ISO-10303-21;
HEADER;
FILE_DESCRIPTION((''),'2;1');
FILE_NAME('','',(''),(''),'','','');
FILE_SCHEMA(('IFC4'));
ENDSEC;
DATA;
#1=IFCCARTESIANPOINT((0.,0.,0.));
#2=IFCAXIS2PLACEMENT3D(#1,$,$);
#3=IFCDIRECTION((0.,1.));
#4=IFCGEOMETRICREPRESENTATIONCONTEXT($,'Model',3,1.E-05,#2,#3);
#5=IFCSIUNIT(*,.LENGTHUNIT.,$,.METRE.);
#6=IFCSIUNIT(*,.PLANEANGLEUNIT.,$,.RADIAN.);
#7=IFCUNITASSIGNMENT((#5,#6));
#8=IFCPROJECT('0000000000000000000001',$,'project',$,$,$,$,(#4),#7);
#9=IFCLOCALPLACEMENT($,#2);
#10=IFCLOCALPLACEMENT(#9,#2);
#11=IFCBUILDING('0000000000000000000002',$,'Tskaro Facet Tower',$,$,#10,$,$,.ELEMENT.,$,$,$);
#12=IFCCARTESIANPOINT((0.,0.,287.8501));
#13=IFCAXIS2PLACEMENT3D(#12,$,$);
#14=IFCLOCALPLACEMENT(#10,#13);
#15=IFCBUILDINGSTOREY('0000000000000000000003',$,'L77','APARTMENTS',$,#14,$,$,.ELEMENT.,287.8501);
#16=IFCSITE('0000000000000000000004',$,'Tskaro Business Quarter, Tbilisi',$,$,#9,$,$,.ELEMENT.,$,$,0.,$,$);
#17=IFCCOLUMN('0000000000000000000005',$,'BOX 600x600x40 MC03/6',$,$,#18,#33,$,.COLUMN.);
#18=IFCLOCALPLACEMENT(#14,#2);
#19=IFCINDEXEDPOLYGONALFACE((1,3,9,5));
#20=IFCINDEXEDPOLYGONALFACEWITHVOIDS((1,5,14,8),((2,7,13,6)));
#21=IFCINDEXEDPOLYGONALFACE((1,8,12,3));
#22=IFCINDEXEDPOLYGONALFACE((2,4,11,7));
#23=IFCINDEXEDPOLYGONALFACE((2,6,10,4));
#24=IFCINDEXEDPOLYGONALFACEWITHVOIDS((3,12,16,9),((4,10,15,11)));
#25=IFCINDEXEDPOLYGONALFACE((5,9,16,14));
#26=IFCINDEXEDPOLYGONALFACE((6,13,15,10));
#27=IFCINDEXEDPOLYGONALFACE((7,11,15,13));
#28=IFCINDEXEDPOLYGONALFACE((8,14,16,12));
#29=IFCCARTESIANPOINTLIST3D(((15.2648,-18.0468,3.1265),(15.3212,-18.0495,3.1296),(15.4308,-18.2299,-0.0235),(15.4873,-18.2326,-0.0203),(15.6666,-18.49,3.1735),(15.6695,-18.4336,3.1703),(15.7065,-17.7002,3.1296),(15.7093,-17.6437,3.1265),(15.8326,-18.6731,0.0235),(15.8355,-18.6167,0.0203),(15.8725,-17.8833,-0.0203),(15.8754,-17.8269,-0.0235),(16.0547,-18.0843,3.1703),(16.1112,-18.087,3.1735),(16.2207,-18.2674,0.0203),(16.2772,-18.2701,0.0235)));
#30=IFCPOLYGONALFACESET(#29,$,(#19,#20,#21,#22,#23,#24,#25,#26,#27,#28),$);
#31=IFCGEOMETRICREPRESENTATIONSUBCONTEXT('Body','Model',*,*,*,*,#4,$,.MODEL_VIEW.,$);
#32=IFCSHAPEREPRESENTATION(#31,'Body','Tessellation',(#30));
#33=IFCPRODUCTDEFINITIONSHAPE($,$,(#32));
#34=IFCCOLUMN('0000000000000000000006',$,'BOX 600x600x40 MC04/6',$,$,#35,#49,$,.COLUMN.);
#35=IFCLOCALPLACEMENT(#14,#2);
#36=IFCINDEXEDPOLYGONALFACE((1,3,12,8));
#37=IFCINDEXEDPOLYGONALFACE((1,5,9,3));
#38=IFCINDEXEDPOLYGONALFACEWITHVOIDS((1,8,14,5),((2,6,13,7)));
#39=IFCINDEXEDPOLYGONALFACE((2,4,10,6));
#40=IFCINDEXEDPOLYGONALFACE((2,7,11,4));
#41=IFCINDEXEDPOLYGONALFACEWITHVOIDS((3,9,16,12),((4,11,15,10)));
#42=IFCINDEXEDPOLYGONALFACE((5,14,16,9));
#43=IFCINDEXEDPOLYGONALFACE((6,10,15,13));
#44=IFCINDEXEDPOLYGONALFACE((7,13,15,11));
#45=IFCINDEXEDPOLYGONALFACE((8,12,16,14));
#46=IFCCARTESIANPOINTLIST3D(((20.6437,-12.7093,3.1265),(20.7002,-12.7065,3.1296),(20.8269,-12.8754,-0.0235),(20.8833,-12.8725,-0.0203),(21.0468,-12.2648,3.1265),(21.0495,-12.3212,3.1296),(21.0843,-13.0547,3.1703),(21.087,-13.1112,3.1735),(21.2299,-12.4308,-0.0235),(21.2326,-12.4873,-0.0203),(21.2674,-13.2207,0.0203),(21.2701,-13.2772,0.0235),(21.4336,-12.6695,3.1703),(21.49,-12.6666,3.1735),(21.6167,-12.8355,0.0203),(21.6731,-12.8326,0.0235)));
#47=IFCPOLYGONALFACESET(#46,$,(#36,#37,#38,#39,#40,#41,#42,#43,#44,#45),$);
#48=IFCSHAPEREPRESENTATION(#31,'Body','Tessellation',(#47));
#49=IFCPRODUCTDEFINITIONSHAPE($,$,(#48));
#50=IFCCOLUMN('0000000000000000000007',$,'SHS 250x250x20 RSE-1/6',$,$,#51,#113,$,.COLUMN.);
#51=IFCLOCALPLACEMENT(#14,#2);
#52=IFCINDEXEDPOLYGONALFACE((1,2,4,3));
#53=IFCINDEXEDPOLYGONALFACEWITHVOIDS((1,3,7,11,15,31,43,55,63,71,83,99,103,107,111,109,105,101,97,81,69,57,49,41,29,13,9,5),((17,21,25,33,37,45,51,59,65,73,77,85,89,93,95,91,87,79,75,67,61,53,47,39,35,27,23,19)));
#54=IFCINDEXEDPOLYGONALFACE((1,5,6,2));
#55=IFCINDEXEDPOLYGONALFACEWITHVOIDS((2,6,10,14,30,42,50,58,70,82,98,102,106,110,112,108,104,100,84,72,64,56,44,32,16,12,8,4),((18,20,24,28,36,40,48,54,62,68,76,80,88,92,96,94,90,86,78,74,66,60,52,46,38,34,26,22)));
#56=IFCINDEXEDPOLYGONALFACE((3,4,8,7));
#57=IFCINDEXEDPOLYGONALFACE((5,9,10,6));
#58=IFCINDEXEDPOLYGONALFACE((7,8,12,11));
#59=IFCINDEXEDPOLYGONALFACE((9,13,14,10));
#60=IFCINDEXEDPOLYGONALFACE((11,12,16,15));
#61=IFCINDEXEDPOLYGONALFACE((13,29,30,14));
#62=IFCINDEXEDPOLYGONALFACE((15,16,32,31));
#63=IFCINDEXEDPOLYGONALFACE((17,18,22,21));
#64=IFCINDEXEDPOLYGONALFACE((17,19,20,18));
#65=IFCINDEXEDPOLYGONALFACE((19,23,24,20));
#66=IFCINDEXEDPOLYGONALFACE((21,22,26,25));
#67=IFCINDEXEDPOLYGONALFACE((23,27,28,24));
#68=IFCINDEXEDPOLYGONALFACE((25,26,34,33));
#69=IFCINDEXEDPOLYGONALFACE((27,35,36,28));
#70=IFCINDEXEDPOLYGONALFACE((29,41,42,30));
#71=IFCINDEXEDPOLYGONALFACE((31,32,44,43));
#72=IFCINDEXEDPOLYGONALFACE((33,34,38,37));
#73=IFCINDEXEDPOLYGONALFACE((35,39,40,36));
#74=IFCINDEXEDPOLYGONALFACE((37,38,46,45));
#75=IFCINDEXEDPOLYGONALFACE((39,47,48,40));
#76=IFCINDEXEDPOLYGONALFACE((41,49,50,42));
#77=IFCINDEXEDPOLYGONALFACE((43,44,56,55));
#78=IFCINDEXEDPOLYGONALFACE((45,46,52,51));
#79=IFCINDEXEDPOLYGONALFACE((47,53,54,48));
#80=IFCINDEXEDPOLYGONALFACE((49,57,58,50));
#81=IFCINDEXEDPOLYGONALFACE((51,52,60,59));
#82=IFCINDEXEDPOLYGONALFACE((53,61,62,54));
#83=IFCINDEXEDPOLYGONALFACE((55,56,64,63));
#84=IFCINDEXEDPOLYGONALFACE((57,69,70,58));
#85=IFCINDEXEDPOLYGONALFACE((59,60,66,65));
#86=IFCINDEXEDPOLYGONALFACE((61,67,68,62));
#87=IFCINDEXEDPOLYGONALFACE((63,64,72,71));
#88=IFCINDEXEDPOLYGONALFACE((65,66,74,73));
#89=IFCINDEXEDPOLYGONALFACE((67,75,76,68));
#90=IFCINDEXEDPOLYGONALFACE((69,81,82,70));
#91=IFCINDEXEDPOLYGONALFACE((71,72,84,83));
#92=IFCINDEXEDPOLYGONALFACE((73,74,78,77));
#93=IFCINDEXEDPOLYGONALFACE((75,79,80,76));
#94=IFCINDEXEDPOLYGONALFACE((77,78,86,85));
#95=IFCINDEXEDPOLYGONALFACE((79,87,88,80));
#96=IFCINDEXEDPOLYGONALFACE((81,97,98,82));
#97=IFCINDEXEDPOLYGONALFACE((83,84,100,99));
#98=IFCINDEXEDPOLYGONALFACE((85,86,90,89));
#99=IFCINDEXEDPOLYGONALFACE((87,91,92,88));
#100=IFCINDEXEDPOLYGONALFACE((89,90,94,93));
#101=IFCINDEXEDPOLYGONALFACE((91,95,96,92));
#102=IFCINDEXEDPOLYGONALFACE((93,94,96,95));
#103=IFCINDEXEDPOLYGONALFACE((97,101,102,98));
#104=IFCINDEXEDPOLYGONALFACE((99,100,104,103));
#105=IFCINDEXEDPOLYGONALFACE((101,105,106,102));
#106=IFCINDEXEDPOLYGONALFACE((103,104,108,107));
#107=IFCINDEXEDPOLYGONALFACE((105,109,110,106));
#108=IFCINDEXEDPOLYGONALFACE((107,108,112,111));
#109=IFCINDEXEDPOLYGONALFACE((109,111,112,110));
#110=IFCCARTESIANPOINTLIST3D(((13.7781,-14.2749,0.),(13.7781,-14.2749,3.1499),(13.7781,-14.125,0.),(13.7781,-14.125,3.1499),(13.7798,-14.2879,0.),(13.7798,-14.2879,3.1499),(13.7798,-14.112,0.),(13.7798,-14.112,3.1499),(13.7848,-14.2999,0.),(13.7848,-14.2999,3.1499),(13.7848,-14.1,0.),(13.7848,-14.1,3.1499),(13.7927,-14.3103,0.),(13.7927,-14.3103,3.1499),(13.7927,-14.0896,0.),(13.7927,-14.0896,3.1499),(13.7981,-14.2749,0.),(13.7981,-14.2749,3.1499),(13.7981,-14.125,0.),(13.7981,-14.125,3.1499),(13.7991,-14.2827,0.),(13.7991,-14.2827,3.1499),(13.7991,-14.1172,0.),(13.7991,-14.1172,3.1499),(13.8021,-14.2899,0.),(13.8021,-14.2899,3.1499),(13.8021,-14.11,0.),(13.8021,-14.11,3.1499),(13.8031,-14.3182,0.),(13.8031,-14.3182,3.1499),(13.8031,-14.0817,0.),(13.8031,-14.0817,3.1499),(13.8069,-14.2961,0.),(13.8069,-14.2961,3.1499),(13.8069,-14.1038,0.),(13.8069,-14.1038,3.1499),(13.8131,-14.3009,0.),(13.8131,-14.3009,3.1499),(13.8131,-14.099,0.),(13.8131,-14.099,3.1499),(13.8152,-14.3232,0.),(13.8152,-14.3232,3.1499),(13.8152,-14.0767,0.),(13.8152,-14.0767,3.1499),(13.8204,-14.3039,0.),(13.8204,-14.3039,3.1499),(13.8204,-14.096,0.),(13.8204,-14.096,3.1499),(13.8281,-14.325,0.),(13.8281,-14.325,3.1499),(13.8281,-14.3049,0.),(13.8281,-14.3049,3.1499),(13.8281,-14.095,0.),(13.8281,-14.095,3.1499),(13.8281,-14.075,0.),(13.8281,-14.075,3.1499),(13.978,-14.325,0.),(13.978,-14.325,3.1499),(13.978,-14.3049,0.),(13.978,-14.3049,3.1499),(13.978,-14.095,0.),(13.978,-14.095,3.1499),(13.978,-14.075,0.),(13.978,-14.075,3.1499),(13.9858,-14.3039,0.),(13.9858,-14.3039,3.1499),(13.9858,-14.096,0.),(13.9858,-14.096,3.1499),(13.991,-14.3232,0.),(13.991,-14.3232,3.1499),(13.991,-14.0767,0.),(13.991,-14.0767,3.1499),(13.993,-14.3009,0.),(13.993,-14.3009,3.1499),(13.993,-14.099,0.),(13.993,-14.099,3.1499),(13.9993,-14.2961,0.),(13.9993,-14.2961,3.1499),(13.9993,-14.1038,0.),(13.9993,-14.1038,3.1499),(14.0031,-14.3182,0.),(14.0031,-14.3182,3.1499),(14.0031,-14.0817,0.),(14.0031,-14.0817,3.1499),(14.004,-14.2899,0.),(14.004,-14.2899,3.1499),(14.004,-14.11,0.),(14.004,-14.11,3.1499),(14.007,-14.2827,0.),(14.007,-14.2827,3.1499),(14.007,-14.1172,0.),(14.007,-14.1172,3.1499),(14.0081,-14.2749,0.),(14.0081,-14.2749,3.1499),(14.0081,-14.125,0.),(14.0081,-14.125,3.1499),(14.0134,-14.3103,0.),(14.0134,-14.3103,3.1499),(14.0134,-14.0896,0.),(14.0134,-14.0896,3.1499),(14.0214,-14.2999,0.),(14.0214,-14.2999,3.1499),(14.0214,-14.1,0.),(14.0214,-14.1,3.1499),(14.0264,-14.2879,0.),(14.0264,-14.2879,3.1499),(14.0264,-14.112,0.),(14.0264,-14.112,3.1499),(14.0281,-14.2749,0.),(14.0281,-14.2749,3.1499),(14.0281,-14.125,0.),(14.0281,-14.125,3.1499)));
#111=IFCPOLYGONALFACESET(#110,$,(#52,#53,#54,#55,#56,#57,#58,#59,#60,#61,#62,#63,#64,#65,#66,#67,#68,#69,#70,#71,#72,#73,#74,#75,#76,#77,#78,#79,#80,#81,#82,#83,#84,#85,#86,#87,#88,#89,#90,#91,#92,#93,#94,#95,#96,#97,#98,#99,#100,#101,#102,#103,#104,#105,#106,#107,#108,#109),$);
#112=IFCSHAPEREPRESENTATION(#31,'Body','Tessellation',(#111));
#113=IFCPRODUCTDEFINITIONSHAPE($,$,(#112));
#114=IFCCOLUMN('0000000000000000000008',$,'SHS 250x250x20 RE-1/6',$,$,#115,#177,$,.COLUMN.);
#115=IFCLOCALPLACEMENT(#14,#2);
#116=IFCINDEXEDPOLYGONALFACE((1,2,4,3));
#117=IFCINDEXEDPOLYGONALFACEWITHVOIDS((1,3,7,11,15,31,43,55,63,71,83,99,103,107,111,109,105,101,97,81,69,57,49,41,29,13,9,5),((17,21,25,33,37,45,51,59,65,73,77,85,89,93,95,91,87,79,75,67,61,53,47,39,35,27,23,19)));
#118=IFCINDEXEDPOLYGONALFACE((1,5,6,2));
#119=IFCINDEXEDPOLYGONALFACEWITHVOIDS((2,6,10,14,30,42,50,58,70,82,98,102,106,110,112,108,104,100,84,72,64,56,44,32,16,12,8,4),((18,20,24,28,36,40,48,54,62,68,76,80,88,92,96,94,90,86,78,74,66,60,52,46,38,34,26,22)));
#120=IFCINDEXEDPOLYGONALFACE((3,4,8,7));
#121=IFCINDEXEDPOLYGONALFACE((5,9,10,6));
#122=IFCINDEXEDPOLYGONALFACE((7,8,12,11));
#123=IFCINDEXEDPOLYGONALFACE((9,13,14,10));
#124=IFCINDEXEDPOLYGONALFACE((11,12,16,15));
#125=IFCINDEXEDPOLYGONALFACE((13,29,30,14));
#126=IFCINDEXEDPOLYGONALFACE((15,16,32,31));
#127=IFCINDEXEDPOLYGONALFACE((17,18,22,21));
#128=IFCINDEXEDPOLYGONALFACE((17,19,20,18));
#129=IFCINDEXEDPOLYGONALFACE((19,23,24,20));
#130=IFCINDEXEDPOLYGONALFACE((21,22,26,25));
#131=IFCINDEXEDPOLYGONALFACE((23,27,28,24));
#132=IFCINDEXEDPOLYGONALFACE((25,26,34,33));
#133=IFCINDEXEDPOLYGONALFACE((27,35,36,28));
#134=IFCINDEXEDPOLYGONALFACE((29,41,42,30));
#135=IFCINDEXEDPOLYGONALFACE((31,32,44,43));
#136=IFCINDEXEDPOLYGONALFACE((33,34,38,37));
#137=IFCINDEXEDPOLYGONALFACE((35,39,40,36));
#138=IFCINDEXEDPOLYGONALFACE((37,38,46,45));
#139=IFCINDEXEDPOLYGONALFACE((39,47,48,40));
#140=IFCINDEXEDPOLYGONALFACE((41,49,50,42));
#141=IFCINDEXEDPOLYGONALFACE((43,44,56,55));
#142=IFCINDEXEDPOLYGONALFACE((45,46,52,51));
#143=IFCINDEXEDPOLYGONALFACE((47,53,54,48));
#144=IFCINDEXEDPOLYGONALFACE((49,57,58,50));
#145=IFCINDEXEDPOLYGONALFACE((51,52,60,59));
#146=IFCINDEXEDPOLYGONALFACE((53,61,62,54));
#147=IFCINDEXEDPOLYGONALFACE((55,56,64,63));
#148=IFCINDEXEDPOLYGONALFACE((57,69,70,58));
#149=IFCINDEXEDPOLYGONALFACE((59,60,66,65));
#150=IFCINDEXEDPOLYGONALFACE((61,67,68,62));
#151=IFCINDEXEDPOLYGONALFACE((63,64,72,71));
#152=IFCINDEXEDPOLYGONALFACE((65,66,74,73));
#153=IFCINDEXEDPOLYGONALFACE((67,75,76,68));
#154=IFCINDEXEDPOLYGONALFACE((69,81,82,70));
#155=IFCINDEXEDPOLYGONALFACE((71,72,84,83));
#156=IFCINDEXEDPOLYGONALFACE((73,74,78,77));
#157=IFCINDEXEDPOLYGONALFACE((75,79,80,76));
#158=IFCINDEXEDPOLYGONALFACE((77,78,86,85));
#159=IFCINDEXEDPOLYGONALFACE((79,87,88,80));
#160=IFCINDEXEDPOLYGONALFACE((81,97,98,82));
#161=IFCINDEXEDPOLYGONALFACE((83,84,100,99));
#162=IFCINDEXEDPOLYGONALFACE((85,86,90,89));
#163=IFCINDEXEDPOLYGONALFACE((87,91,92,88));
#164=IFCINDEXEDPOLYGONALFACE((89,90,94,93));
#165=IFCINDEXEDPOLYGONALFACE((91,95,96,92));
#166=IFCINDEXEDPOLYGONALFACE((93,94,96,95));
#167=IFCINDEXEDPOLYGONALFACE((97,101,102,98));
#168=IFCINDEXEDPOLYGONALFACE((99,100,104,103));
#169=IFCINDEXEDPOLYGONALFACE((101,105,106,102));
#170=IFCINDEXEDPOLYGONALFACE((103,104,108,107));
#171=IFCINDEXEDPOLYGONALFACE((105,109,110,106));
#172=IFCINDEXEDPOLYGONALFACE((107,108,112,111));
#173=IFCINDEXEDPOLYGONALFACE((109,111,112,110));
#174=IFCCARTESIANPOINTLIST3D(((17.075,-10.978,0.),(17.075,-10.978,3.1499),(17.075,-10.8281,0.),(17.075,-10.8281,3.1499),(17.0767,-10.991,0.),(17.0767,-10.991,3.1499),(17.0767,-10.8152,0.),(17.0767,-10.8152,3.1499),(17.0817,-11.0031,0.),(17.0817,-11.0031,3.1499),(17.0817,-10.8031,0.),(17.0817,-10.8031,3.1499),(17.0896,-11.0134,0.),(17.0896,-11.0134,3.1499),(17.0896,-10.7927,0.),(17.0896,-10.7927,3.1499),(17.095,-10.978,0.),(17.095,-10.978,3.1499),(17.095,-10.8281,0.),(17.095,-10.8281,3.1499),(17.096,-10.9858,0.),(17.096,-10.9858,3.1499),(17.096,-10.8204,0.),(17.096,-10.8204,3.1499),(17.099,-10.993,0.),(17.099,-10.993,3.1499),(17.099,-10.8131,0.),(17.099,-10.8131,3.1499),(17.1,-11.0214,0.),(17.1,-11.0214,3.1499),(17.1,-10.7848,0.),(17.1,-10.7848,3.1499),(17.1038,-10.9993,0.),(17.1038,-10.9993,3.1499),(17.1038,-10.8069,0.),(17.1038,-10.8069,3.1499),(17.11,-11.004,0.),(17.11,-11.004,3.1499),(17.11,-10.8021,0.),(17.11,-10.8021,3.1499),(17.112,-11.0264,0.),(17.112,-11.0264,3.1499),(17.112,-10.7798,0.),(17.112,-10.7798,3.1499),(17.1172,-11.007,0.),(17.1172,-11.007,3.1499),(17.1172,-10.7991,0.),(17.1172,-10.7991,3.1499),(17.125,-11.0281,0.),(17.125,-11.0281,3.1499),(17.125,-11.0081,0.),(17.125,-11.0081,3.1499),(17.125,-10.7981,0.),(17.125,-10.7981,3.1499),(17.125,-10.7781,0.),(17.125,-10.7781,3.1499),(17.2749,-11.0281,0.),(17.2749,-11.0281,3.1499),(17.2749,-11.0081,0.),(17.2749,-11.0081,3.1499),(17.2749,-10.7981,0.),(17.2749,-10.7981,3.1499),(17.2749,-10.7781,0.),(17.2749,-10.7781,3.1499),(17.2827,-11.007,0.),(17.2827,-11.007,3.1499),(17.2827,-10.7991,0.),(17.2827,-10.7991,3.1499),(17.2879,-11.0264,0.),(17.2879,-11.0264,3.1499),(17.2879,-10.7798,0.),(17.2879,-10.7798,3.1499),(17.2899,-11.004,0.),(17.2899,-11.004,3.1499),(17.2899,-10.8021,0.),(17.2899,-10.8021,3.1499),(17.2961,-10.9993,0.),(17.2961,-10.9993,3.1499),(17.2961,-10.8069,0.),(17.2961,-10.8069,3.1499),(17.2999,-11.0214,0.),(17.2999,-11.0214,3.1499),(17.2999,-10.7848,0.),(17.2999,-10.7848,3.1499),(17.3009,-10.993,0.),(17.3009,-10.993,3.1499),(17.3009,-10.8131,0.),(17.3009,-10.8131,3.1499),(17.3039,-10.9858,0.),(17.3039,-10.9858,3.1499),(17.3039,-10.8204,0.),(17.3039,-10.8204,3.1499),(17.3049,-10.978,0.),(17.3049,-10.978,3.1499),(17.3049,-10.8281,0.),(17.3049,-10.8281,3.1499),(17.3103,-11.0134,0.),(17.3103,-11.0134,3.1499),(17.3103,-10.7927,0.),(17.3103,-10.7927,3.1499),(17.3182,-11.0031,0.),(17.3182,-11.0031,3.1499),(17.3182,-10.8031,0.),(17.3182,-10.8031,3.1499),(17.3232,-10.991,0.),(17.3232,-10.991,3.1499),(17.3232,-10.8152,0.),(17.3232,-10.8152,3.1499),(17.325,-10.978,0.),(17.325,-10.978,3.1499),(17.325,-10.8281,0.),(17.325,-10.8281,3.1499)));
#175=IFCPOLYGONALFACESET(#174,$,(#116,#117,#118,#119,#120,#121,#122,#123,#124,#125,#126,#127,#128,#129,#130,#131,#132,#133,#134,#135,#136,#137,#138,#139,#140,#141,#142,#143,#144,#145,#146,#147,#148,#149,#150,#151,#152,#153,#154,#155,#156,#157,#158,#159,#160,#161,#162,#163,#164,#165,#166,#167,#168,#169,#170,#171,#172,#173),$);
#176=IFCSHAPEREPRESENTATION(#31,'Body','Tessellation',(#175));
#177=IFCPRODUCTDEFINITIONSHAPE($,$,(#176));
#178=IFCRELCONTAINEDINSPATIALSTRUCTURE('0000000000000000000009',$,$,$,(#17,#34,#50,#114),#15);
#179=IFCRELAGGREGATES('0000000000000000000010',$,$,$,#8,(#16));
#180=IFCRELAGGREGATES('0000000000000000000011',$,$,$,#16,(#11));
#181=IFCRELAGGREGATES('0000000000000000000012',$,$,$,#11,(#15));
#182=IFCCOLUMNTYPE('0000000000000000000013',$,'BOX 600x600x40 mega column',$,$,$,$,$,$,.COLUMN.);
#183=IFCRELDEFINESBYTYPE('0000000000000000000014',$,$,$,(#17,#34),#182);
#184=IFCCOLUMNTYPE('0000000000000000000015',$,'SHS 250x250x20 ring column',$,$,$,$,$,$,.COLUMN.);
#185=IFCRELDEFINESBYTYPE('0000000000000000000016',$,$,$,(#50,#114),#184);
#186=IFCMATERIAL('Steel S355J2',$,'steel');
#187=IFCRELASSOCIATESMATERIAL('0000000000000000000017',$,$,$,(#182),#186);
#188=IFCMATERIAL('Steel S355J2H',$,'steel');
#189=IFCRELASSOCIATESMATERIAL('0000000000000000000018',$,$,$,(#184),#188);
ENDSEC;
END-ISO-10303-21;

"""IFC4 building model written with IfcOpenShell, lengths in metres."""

from ifc_helpers import new_model, si_unit, direction, frame, origin, origin_2d, place, context, subcontext, project, spatial, hollow_rectangle, extrude, material, material_profile, profile_set, type_object, element, save


model = new_model("IFC4")

# Units and contexts
model_context = context("Model", 3, precision=1e-05, world=origin(), true_north=direction((0.0, 1.0)))
body_context = subcontext(model_context, "Body", "Model", "MODEL_VIEW")
ifc_project = project(units=[si_unit("LENGTHUNIT", "METRE"), si_unit("PLANEANGLEUNIT", "RADIAN")], contexts=[model_context])

# Site, building, storey
site_placement = place(None, origin())
site = spatial("IfcSite", under=ifc_project, at=site_placement, Name="Tskaro Business Quarter, Tbilisi", CompositionType="ELEMENT", RefElevation=0.0)
building_placement = place(site_placement, origin())
building = spatial("IfcBuilding", under=site, at=building_placement, Name="Tskaro Facet Tower", CompositionType="ELEMENT")
storey_placement = place(building_placement, frame((0.0, 0.0, 287.8501)))
storey = spatial("IfcBuildingStorey", under=building, at=storey_placement, Name="L77", Description="APARTMENTS", CompositionType="ELEMENT", Elevation=287.8501)

# Columns
ifc_material_1 = material(Name="Steel S355J2", Category="steel")
ifc_material_profile_1 = material_profile(ifc_material_1, hollow_rectangle(XDim=0.6001, YDim=0.6001, WallThickness=0.04, at=origin_2d()), Name="BOX 600x600x40")
ifc_profile_set_1 = profile_set([ifc_material_profile_1], Name="Steel S355J2")
column_type_1 = type_object("IfcColumnType", Name="BOX 600x600x40 mega column", PredefinedType="COLUMN", material=ifc_profile_set_1)
for number, where, z_axis, x_axis, name in (
    (1, (15.854, -18.25, 0.0), (-0.052544, 0.057952, 0.996936), (-0.740833, -0.671689, 0.0), "BOX 600x600x40 MC03/6"),
    (2, (21.25, -12.854, 0.0), (-0.057952, 0.052544, 0.996936), (-0.671689, -0.740833, 0.0), "BOX 600x600x40 MC04/6"),
):
    element("IfcColumn", number, at=place(storey_placement, frame(where, z_axis=z_axis, x_axis=x_axis)), inside=storey, type_object=column_type_1, Name=name, PredefinedType="COLUMN", context=body_context, shape_type="SweptSolid", body=[
        extrude(hollow_rectangle(XDim=0.6001, YDim=0.6001, WallThickness=0.04, at=origin_2d()), origin(), (0.0, 0.0, 1.0), 3.1597),
    ])
ifc_material_2 = material(Name="Steel S355J2H", Category="steel")
ifc_material_profile_2 = material_profile(ifc_material_2, hollow_rectangle(XDim=0.25, YDim=0.25, WallThickness=0.02, InnerFilletRadius=0.03, OuterFilletRadius=0.05, at=origin_2d()), Name="SHS 250x250x20")
ifc_profile_set_2 = profile_set([ifc_material_profile_2], Name="Steel S355J2H")
column_type_2 = type_object("IfcColumnType", Name="SHS 250x250x20 ring column", PredefinedType="COLUMN", material=ifc_profile_set_2)
for number, where, z_axis, x_axis, name in (
    (3, (13.9031, -14.2, 0.0), (0.0, 0.0, 1.0), (1.0, 0.0, 0.0), "SHS 250x250x20 RSE-1/6"),
    (4, (17.2, -10.9031, 0.0), (0.0, 0.0, 1.0), (1.0, 0.0, 0.0), "SHS 250x250x20 RE-1/6"),
):
    element("IfcColumn", number, at=place(storey_placement, frame(where, z_axis=z_axis, x_axis=x_axis)), inside=storey, type_object=column_type_2, Name=name, PredefinedType="COLUMN", context=body_context, shape_type="SweptSolid", body=[
        extrude(hollow_rectangle(XDim=0.25, YDim=0.25, WallThickness=0.02, InnerFilletRadius=0.03, OuterFilletRadius=0.05, at=origin_2d()), origin(), (0.0, 0.0, 1.0), 3.1499),
    ])

save(model, "model.ifc")
